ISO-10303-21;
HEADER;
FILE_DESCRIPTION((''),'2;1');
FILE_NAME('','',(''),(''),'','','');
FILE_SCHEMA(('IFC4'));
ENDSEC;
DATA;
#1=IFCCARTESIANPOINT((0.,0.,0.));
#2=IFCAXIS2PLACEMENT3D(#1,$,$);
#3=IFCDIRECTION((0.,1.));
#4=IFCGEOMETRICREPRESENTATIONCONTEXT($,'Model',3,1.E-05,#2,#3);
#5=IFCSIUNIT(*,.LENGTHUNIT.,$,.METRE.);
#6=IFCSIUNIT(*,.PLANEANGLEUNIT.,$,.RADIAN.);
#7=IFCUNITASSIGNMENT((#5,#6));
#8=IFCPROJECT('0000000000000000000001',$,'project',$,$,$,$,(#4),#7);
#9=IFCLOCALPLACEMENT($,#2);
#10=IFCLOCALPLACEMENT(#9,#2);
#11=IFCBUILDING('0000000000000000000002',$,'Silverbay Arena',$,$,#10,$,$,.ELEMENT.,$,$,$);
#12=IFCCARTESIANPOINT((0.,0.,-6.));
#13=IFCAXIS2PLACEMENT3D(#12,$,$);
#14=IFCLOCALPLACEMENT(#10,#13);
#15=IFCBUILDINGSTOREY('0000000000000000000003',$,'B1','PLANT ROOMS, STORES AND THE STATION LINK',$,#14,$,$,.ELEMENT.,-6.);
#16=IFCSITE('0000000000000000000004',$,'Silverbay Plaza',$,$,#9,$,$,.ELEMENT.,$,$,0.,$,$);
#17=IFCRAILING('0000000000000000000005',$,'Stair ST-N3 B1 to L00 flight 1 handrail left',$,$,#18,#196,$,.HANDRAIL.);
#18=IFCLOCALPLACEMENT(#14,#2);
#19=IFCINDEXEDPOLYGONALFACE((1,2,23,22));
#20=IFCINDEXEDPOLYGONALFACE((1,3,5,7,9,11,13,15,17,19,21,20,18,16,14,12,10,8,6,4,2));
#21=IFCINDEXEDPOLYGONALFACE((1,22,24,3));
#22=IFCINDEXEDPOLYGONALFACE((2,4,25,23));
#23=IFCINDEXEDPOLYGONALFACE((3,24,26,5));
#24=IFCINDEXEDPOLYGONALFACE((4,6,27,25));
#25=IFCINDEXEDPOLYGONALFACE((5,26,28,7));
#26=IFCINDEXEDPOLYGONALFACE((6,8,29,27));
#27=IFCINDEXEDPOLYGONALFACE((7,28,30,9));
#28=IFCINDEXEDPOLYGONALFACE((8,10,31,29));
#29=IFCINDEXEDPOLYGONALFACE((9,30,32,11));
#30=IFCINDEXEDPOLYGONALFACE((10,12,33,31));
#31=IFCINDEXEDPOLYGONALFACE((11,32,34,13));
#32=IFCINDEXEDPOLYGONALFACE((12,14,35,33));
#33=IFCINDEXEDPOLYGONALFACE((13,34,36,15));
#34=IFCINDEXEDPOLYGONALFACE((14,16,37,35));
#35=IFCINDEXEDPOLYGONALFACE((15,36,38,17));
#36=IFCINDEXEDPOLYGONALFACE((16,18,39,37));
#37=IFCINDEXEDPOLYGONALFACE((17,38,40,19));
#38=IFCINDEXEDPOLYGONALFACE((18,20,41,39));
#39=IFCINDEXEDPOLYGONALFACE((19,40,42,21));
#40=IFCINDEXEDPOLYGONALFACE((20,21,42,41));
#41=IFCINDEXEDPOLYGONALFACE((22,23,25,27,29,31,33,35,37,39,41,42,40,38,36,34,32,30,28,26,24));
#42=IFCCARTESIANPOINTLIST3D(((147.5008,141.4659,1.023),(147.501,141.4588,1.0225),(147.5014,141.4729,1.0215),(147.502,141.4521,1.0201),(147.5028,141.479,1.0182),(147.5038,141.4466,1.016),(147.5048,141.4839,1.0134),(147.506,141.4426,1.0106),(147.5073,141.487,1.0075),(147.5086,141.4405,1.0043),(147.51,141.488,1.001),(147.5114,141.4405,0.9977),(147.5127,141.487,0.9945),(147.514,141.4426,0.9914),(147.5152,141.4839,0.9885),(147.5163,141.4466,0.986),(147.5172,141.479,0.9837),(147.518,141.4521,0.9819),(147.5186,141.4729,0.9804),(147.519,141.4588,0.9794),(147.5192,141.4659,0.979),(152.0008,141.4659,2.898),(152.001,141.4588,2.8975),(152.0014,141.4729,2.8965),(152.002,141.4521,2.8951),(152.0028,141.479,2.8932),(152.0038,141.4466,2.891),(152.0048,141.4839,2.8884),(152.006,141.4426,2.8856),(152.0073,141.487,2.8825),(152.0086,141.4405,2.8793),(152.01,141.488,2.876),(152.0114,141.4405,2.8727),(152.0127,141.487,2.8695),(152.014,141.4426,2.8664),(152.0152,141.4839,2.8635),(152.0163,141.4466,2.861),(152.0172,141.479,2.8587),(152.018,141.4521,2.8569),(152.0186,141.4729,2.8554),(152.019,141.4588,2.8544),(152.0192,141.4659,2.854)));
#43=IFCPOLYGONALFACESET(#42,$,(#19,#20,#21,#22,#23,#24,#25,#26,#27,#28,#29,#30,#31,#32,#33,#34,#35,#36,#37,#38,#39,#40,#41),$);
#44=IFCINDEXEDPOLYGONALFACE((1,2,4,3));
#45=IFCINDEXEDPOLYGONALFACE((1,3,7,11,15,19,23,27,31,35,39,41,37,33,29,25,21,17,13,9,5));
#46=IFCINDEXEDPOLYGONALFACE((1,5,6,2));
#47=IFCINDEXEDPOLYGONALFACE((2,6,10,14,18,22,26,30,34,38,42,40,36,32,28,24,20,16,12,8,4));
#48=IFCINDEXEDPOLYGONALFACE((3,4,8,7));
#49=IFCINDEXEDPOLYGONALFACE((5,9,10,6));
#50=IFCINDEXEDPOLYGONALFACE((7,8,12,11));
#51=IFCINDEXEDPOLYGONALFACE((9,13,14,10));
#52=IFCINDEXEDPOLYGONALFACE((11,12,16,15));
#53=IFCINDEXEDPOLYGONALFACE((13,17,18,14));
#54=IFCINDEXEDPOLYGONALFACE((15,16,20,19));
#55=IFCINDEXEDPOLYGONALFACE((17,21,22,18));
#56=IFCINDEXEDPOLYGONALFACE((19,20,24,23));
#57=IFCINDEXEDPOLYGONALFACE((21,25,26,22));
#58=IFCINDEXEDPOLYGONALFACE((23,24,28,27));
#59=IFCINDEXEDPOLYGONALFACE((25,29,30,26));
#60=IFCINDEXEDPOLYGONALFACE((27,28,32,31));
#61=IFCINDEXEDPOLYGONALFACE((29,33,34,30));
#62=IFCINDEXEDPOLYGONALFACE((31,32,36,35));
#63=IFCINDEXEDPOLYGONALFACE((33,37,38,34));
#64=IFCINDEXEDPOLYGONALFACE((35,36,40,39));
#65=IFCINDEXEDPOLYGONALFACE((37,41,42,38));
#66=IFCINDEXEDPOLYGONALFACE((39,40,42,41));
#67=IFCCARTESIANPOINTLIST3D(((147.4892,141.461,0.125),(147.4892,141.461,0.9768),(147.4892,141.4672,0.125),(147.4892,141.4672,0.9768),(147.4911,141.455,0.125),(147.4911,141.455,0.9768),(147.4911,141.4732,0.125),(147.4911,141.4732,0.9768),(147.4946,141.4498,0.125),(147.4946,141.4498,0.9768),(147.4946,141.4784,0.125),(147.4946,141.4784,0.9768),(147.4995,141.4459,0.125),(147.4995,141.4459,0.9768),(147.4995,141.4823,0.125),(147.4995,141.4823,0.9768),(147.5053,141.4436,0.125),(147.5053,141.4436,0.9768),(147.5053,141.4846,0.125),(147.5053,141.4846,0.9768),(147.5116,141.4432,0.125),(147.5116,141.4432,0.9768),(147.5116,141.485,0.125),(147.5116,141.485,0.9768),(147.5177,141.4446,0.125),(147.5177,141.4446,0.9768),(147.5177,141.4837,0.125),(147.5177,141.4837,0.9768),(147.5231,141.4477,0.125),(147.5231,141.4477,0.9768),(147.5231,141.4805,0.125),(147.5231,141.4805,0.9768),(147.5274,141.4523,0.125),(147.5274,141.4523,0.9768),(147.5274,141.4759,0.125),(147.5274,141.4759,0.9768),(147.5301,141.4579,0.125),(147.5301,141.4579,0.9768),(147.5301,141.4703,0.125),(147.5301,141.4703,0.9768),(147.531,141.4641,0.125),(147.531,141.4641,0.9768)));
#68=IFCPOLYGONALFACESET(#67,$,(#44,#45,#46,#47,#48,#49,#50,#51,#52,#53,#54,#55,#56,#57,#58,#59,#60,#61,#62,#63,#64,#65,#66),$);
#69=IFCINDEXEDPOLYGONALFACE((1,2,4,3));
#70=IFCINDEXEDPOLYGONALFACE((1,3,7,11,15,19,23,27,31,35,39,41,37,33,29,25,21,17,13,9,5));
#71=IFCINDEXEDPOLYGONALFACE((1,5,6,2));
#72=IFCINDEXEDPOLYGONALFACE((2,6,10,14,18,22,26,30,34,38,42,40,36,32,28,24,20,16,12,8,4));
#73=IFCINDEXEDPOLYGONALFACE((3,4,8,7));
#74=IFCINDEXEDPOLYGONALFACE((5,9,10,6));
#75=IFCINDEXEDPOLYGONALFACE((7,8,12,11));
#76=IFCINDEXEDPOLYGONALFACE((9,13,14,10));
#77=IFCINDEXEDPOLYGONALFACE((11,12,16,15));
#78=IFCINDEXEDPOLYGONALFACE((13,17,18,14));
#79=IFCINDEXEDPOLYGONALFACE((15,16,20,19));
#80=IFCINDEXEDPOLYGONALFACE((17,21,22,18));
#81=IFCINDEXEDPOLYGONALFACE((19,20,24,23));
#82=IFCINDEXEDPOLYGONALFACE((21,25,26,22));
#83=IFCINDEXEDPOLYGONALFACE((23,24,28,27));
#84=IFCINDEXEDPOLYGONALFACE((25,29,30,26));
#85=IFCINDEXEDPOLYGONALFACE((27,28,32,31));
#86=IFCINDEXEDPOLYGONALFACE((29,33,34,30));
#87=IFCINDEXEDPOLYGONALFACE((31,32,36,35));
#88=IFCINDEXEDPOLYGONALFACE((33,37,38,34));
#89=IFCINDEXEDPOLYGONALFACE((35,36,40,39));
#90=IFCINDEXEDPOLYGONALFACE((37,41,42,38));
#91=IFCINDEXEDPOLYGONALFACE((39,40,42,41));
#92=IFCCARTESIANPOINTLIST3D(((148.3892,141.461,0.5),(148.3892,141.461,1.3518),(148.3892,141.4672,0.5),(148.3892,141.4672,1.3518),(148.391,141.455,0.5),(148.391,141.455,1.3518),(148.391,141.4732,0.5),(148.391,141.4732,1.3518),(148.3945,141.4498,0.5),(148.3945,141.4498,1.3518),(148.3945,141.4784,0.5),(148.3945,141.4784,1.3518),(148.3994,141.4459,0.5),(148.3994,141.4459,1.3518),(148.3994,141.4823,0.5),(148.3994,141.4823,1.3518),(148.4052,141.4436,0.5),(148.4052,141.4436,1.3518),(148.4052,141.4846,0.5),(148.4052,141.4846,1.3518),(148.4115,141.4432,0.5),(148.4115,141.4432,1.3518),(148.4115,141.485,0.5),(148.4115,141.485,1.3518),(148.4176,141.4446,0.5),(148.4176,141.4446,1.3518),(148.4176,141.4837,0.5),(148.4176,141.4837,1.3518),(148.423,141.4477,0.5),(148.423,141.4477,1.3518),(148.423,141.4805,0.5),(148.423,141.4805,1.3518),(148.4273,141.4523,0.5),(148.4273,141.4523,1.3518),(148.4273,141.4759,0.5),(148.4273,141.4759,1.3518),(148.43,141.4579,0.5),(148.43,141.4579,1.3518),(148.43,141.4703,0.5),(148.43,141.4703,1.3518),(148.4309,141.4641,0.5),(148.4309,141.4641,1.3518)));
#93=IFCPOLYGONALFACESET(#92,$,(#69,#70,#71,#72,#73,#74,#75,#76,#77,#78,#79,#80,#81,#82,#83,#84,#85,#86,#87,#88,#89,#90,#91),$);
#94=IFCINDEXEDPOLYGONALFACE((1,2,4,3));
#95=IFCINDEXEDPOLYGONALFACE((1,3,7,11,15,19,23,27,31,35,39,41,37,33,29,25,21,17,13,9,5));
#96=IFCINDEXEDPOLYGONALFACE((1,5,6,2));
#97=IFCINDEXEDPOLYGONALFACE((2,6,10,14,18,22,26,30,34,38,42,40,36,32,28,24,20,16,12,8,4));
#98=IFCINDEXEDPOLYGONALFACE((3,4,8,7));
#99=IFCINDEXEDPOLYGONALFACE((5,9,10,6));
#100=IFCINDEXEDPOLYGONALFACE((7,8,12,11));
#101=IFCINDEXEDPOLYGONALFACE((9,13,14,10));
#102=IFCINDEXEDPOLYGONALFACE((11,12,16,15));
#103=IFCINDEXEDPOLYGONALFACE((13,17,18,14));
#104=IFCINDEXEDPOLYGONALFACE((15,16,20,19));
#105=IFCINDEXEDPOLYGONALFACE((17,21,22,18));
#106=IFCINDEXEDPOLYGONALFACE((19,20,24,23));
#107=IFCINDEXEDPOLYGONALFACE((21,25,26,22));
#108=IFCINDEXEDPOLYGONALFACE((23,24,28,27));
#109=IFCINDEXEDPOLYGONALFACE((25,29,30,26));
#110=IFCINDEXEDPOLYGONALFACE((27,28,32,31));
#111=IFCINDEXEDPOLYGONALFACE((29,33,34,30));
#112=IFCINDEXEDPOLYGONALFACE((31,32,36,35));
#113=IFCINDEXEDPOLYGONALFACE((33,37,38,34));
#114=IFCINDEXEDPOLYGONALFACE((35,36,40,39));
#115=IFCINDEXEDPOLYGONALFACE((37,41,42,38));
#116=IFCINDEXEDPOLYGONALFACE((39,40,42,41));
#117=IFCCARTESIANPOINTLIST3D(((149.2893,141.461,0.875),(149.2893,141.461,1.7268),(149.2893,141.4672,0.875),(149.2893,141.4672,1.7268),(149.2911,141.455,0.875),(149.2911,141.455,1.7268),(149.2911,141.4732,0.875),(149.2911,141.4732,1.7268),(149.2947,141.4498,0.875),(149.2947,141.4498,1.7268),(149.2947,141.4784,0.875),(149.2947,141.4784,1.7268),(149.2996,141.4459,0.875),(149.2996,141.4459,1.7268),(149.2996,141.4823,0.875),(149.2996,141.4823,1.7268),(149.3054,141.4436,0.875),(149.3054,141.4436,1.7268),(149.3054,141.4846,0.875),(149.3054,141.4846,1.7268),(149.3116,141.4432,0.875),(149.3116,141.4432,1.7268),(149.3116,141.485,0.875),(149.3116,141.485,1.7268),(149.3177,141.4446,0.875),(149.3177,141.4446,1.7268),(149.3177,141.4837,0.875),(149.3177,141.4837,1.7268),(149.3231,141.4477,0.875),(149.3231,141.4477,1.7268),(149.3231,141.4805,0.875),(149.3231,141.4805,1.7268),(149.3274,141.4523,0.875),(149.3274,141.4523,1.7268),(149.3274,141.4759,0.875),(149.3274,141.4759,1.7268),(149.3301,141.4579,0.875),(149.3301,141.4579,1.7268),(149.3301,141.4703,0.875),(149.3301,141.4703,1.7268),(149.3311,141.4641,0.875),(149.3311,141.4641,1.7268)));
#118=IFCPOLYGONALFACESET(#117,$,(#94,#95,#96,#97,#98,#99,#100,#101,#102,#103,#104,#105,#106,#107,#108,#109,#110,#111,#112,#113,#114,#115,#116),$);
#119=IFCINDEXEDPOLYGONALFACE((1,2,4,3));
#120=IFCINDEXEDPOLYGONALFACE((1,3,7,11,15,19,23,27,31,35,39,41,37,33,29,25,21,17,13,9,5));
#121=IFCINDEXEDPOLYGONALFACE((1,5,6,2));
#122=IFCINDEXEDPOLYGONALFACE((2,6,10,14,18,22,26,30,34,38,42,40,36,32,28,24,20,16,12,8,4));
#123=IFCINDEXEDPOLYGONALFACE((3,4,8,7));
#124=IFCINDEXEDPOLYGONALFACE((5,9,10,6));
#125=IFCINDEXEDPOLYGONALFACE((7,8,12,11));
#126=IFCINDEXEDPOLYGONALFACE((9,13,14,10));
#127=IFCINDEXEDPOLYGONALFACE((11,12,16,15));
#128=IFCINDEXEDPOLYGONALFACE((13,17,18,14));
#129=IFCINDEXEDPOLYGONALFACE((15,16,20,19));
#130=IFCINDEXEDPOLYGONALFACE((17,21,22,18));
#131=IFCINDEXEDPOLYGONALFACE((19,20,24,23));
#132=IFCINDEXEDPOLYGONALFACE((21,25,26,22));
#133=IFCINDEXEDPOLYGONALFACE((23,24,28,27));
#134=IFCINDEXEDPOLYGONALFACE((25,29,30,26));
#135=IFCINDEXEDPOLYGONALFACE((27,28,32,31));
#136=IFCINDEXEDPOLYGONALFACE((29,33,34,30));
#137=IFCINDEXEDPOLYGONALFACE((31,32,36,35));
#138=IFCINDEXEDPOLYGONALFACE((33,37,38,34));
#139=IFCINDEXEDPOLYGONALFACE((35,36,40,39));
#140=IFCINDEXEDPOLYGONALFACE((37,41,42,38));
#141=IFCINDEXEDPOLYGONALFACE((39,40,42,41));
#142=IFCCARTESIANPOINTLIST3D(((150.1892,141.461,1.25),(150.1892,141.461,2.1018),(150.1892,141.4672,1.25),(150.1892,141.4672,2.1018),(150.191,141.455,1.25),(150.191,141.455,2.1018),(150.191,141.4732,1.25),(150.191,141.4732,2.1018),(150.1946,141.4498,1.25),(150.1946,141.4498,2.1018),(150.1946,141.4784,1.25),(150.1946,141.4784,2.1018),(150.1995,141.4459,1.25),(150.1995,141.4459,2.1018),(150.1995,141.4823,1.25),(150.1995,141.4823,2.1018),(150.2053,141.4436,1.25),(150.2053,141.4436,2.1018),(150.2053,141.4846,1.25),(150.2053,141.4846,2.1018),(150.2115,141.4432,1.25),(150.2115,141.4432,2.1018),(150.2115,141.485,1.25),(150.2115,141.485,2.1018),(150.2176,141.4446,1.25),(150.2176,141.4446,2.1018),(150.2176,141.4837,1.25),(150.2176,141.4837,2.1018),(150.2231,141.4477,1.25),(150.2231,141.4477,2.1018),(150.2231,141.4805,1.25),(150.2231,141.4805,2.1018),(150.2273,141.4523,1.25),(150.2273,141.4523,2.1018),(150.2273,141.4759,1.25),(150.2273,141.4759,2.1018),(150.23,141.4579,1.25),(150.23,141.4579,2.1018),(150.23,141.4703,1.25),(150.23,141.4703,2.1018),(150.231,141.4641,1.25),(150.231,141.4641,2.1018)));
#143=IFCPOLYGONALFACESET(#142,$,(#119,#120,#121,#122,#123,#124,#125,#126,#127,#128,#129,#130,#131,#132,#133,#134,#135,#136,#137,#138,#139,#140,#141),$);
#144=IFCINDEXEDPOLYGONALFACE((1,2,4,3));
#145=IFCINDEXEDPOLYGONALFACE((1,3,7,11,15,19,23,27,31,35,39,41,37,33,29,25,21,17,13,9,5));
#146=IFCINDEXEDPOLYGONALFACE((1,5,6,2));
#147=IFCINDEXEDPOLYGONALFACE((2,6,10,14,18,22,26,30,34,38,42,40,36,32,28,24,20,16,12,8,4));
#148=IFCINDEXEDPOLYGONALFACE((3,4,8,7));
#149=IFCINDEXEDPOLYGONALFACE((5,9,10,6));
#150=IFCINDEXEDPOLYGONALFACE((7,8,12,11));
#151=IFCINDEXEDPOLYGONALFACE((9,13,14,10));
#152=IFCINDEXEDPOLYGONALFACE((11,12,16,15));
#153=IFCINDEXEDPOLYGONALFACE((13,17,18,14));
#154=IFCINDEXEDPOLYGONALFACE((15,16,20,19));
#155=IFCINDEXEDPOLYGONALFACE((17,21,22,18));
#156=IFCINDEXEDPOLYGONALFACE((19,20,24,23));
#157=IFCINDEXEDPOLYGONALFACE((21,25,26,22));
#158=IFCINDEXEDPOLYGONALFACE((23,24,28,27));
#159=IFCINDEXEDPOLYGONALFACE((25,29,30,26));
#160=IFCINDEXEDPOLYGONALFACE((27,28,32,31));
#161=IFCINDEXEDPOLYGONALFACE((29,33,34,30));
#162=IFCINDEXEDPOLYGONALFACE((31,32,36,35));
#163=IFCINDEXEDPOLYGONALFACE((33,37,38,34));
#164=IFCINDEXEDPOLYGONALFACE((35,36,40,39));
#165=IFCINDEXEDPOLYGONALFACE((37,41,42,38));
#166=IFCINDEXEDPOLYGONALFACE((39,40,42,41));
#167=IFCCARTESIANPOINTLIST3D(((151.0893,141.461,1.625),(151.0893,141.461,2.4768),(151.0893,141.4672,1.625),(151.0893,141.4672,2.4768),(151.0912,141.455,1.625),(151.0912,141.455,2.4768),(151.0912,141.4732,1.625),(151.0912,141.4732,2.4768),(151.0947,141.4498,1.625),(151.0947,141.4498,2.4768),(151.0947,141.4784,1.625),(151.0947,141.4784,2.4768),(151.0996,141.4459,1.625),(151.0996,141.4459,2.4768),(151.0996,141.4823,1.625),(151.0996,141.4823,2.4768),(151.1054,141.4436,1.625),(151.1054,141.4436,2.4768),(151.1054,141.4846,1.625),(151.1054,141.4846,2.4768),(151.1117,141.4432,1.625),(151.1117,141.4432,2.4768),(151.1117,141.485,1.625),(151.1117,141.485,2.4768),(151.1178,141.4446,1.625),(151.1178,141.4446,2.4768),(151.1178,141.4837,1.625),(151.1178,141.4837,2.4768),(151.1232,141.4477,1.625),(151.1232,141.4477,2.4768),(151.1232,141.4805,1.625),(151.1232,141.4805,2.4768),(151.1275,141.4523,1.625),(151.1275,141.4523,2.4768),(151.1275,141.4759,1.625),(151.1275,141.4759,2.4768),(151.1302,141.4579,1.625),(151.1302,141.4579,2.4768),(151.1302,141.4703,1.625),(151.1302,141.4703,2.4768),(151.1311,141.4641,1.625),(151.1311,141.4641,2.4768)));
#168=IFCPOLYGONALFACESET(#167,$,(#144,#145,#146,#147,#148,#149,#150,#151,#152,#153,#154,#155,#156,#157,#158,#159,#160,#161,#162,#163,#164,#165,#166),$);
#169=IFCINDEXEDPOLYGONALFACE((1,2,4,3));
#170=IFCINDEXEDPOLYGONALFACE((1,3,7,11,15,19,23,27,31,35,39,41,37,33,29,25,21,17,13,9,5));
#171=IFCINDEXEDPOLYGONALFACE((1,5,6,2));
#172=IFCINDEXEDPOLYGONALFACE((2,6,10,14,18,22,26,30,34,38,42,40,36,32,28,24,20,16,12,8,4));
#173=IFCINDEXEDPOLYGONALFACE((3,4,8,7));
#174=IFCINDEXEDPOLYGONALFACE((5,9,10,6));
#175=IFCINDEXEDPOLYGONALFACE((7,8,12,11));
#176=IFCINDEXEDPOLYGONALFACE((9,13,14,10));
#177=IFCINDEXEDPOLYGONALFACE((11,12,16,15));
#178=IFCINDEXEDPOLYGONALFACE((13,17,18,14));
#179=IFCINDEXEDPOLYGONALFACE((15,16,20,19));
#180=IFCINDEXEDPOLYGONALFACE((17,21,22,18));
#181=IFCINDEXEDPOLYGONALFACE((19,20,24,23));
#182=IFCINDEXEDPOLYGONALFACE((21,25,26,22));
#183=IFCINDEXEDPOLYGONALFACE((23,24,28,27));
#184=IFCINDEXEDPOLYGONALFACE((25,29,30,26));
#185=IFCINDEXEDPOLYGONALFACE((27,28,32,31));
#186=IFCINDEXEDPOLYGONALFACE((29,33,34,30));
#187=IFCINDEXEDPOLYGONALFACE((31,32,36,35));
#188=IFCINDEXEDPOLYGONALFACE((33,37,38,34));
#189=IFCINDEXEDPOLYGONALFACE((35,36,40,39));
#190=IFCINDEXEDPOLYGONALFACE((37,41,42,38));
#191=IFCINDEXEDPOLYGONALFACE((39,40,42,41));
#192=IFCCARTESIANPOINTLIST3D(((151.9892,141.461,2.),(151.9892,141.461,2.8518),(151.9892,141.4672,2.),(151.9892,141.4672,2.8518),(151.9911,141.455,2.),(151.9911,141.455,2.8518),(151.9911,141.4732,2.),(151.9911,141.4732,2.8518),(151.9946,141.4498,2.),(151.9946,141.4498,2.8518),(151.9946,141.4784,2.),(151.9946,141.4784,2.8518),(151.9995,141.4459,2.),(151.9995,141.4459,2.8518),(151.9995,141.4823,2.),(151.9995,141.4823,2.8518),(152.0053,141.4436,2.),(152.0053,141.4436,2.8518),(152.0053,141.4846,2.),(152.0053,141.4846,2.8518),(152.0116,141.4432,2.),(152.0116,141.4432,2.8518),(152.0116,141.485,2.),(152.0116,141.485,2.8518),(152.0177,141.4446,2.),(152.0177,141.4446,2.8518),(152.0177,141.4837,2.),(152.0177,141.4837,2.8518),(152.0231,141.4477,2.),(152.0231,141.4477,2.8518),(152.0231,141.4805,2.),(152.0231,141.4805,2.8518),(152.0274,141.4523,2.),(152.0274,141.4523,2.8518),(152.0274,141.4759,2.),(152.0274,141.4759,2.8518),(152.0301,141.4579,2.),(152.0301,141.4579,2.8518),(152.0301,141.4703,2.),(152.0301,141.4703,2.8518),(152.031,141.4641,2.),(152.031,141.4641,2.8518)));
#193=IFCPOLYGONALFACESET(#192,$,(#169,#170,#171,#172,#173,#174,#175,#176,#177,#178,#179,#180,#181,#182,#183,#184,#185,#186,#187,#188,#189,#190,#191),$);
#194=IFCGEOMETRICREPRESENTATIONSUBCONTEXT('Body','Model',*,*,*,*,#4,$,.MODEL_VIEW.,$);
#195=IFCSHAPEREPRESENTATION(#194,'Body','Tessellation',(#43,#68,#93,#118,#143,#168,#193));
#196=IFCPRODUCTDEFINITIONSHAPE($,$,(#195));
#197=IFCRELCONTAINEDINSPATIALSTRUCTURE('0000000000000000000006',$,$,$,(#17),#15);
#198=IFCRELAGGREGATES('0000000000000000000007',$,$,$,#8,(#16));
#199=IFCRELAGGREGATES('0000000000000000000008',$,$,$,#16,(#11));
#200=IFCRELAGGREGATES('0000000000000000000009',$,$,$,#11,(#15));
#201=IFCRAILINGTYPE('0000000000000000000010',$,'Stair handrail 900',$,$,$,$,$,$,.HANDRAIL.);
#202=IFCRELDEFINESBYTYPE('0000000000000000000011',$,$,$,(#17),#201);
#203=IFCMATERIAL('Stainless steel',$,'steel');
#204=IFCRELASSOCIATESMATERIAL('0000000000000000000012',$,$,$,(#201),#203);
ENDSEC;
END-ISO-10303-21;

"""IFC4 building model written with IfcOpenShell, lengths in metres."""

from ifc_helpers import new_model, si_unit, direction, frame, origin, origin_2d, place, context, subcontext, project, spatial, circle, extrude, material, type_object, element, save


model = new_model("IFC4")

# Units and contexts
model_context = context("Model", 3, precision=1e-05, world=origin(), true_north=direction((0.0, 1.0)))
body_context = subcontext(model_context, "Body", "Model", "MODEL_VIEW")
ifc_project = project(units=[si_unit("LENGTHUNIT", "METRE"), si_unit("PLANEANGLEUNIT", "RADIAN")], contexts=[model_context])

# Site, building, storey
site_placement = place(None, origin())
site = spatial("IfcSite", under=ifc_project, at=site_placement, Name="Silverbay Plaza", CompositionType="ELEMENT", RefElevation=0.0)
building_placement = place(site_placement, origin())
building = spatial("IfcBuilding", under=site, at=building_placement, Name="Silverbay Arena", CompositionType="ELEMENT")
storey_placement = place(building_placement, frame((0.0, 0.0, -6.0)))
storey = spatial("IfcBuildingStorey", under=building, at=storey_placement, Name="B1", Description="PLANT ROOMS, STORES AND THE STATION LINK", CompositionType="ELEMENT", Elevation=-6.0)

# Railing
ifc_material_1 = material(Name="Stainless steel", Category="steel")
railing_type_1 = type_object("IfcRailingType", Name="Stair handrail 900", PredefinedType="HANDRAIL", material=ifc_material_1)
for number, where, name in (
    (1, (147.51, 141.4641, 0.125), "Stair ST-N3 B1 to L00 flight 1 handrail left"),
):
    element("IfcRailing", number, at=place(storey_placement, frame(where)), inside=storey, type_object=railing_type_1, Name=name, PredefinedType="HANDRAIL", context=body_context, shape_type="SweptSolid", body=[
        extrude(circle(Radius=0.0239, at=origin_2d()), frame((0.0, 0.0, 0.876), z_axis=(0.923077, 0.0, 0.384615), x_axis=(0.0, 1.0, 0.0)), (0.0, 0.0, 1.0), 4.875),
        extrude(circle(Radius=0.021, at=origin_2d()), origin(), (0.0, 0.0, 1.0), 0.8518),
        extrude(circle(Radius=0.021, at=origin_2d()), frame((0.8999, 0.0, 0.375)), (0.0, 0.0, 1.0), 0.8518),
        extrude(circle(Radius=0.021, at=origin_2d()), frame((1.8, 0.0, 0.75)), (0.0, 0.0, 1.0), 0.8518),
        extrude(circle(Radius=0.021, at=origin_2d()), frame((2.7, 0.0, 1.125)), (0.0, 0.0, 1.0), 0.8518),
        extrude(circle(Radius=0.021, at=origin_2d()), frame((3.6001, 0.0, 1.5)), (0.0, 0.0, 1.0), 0.8518),
        extrude(circle(Radius=0.021, at=origin_2d()), frame((4.5, 0.0, 1.875)), (0.0, 0.0, 1.0), 0.8518),
    ])

save(model, "model.ifc")
